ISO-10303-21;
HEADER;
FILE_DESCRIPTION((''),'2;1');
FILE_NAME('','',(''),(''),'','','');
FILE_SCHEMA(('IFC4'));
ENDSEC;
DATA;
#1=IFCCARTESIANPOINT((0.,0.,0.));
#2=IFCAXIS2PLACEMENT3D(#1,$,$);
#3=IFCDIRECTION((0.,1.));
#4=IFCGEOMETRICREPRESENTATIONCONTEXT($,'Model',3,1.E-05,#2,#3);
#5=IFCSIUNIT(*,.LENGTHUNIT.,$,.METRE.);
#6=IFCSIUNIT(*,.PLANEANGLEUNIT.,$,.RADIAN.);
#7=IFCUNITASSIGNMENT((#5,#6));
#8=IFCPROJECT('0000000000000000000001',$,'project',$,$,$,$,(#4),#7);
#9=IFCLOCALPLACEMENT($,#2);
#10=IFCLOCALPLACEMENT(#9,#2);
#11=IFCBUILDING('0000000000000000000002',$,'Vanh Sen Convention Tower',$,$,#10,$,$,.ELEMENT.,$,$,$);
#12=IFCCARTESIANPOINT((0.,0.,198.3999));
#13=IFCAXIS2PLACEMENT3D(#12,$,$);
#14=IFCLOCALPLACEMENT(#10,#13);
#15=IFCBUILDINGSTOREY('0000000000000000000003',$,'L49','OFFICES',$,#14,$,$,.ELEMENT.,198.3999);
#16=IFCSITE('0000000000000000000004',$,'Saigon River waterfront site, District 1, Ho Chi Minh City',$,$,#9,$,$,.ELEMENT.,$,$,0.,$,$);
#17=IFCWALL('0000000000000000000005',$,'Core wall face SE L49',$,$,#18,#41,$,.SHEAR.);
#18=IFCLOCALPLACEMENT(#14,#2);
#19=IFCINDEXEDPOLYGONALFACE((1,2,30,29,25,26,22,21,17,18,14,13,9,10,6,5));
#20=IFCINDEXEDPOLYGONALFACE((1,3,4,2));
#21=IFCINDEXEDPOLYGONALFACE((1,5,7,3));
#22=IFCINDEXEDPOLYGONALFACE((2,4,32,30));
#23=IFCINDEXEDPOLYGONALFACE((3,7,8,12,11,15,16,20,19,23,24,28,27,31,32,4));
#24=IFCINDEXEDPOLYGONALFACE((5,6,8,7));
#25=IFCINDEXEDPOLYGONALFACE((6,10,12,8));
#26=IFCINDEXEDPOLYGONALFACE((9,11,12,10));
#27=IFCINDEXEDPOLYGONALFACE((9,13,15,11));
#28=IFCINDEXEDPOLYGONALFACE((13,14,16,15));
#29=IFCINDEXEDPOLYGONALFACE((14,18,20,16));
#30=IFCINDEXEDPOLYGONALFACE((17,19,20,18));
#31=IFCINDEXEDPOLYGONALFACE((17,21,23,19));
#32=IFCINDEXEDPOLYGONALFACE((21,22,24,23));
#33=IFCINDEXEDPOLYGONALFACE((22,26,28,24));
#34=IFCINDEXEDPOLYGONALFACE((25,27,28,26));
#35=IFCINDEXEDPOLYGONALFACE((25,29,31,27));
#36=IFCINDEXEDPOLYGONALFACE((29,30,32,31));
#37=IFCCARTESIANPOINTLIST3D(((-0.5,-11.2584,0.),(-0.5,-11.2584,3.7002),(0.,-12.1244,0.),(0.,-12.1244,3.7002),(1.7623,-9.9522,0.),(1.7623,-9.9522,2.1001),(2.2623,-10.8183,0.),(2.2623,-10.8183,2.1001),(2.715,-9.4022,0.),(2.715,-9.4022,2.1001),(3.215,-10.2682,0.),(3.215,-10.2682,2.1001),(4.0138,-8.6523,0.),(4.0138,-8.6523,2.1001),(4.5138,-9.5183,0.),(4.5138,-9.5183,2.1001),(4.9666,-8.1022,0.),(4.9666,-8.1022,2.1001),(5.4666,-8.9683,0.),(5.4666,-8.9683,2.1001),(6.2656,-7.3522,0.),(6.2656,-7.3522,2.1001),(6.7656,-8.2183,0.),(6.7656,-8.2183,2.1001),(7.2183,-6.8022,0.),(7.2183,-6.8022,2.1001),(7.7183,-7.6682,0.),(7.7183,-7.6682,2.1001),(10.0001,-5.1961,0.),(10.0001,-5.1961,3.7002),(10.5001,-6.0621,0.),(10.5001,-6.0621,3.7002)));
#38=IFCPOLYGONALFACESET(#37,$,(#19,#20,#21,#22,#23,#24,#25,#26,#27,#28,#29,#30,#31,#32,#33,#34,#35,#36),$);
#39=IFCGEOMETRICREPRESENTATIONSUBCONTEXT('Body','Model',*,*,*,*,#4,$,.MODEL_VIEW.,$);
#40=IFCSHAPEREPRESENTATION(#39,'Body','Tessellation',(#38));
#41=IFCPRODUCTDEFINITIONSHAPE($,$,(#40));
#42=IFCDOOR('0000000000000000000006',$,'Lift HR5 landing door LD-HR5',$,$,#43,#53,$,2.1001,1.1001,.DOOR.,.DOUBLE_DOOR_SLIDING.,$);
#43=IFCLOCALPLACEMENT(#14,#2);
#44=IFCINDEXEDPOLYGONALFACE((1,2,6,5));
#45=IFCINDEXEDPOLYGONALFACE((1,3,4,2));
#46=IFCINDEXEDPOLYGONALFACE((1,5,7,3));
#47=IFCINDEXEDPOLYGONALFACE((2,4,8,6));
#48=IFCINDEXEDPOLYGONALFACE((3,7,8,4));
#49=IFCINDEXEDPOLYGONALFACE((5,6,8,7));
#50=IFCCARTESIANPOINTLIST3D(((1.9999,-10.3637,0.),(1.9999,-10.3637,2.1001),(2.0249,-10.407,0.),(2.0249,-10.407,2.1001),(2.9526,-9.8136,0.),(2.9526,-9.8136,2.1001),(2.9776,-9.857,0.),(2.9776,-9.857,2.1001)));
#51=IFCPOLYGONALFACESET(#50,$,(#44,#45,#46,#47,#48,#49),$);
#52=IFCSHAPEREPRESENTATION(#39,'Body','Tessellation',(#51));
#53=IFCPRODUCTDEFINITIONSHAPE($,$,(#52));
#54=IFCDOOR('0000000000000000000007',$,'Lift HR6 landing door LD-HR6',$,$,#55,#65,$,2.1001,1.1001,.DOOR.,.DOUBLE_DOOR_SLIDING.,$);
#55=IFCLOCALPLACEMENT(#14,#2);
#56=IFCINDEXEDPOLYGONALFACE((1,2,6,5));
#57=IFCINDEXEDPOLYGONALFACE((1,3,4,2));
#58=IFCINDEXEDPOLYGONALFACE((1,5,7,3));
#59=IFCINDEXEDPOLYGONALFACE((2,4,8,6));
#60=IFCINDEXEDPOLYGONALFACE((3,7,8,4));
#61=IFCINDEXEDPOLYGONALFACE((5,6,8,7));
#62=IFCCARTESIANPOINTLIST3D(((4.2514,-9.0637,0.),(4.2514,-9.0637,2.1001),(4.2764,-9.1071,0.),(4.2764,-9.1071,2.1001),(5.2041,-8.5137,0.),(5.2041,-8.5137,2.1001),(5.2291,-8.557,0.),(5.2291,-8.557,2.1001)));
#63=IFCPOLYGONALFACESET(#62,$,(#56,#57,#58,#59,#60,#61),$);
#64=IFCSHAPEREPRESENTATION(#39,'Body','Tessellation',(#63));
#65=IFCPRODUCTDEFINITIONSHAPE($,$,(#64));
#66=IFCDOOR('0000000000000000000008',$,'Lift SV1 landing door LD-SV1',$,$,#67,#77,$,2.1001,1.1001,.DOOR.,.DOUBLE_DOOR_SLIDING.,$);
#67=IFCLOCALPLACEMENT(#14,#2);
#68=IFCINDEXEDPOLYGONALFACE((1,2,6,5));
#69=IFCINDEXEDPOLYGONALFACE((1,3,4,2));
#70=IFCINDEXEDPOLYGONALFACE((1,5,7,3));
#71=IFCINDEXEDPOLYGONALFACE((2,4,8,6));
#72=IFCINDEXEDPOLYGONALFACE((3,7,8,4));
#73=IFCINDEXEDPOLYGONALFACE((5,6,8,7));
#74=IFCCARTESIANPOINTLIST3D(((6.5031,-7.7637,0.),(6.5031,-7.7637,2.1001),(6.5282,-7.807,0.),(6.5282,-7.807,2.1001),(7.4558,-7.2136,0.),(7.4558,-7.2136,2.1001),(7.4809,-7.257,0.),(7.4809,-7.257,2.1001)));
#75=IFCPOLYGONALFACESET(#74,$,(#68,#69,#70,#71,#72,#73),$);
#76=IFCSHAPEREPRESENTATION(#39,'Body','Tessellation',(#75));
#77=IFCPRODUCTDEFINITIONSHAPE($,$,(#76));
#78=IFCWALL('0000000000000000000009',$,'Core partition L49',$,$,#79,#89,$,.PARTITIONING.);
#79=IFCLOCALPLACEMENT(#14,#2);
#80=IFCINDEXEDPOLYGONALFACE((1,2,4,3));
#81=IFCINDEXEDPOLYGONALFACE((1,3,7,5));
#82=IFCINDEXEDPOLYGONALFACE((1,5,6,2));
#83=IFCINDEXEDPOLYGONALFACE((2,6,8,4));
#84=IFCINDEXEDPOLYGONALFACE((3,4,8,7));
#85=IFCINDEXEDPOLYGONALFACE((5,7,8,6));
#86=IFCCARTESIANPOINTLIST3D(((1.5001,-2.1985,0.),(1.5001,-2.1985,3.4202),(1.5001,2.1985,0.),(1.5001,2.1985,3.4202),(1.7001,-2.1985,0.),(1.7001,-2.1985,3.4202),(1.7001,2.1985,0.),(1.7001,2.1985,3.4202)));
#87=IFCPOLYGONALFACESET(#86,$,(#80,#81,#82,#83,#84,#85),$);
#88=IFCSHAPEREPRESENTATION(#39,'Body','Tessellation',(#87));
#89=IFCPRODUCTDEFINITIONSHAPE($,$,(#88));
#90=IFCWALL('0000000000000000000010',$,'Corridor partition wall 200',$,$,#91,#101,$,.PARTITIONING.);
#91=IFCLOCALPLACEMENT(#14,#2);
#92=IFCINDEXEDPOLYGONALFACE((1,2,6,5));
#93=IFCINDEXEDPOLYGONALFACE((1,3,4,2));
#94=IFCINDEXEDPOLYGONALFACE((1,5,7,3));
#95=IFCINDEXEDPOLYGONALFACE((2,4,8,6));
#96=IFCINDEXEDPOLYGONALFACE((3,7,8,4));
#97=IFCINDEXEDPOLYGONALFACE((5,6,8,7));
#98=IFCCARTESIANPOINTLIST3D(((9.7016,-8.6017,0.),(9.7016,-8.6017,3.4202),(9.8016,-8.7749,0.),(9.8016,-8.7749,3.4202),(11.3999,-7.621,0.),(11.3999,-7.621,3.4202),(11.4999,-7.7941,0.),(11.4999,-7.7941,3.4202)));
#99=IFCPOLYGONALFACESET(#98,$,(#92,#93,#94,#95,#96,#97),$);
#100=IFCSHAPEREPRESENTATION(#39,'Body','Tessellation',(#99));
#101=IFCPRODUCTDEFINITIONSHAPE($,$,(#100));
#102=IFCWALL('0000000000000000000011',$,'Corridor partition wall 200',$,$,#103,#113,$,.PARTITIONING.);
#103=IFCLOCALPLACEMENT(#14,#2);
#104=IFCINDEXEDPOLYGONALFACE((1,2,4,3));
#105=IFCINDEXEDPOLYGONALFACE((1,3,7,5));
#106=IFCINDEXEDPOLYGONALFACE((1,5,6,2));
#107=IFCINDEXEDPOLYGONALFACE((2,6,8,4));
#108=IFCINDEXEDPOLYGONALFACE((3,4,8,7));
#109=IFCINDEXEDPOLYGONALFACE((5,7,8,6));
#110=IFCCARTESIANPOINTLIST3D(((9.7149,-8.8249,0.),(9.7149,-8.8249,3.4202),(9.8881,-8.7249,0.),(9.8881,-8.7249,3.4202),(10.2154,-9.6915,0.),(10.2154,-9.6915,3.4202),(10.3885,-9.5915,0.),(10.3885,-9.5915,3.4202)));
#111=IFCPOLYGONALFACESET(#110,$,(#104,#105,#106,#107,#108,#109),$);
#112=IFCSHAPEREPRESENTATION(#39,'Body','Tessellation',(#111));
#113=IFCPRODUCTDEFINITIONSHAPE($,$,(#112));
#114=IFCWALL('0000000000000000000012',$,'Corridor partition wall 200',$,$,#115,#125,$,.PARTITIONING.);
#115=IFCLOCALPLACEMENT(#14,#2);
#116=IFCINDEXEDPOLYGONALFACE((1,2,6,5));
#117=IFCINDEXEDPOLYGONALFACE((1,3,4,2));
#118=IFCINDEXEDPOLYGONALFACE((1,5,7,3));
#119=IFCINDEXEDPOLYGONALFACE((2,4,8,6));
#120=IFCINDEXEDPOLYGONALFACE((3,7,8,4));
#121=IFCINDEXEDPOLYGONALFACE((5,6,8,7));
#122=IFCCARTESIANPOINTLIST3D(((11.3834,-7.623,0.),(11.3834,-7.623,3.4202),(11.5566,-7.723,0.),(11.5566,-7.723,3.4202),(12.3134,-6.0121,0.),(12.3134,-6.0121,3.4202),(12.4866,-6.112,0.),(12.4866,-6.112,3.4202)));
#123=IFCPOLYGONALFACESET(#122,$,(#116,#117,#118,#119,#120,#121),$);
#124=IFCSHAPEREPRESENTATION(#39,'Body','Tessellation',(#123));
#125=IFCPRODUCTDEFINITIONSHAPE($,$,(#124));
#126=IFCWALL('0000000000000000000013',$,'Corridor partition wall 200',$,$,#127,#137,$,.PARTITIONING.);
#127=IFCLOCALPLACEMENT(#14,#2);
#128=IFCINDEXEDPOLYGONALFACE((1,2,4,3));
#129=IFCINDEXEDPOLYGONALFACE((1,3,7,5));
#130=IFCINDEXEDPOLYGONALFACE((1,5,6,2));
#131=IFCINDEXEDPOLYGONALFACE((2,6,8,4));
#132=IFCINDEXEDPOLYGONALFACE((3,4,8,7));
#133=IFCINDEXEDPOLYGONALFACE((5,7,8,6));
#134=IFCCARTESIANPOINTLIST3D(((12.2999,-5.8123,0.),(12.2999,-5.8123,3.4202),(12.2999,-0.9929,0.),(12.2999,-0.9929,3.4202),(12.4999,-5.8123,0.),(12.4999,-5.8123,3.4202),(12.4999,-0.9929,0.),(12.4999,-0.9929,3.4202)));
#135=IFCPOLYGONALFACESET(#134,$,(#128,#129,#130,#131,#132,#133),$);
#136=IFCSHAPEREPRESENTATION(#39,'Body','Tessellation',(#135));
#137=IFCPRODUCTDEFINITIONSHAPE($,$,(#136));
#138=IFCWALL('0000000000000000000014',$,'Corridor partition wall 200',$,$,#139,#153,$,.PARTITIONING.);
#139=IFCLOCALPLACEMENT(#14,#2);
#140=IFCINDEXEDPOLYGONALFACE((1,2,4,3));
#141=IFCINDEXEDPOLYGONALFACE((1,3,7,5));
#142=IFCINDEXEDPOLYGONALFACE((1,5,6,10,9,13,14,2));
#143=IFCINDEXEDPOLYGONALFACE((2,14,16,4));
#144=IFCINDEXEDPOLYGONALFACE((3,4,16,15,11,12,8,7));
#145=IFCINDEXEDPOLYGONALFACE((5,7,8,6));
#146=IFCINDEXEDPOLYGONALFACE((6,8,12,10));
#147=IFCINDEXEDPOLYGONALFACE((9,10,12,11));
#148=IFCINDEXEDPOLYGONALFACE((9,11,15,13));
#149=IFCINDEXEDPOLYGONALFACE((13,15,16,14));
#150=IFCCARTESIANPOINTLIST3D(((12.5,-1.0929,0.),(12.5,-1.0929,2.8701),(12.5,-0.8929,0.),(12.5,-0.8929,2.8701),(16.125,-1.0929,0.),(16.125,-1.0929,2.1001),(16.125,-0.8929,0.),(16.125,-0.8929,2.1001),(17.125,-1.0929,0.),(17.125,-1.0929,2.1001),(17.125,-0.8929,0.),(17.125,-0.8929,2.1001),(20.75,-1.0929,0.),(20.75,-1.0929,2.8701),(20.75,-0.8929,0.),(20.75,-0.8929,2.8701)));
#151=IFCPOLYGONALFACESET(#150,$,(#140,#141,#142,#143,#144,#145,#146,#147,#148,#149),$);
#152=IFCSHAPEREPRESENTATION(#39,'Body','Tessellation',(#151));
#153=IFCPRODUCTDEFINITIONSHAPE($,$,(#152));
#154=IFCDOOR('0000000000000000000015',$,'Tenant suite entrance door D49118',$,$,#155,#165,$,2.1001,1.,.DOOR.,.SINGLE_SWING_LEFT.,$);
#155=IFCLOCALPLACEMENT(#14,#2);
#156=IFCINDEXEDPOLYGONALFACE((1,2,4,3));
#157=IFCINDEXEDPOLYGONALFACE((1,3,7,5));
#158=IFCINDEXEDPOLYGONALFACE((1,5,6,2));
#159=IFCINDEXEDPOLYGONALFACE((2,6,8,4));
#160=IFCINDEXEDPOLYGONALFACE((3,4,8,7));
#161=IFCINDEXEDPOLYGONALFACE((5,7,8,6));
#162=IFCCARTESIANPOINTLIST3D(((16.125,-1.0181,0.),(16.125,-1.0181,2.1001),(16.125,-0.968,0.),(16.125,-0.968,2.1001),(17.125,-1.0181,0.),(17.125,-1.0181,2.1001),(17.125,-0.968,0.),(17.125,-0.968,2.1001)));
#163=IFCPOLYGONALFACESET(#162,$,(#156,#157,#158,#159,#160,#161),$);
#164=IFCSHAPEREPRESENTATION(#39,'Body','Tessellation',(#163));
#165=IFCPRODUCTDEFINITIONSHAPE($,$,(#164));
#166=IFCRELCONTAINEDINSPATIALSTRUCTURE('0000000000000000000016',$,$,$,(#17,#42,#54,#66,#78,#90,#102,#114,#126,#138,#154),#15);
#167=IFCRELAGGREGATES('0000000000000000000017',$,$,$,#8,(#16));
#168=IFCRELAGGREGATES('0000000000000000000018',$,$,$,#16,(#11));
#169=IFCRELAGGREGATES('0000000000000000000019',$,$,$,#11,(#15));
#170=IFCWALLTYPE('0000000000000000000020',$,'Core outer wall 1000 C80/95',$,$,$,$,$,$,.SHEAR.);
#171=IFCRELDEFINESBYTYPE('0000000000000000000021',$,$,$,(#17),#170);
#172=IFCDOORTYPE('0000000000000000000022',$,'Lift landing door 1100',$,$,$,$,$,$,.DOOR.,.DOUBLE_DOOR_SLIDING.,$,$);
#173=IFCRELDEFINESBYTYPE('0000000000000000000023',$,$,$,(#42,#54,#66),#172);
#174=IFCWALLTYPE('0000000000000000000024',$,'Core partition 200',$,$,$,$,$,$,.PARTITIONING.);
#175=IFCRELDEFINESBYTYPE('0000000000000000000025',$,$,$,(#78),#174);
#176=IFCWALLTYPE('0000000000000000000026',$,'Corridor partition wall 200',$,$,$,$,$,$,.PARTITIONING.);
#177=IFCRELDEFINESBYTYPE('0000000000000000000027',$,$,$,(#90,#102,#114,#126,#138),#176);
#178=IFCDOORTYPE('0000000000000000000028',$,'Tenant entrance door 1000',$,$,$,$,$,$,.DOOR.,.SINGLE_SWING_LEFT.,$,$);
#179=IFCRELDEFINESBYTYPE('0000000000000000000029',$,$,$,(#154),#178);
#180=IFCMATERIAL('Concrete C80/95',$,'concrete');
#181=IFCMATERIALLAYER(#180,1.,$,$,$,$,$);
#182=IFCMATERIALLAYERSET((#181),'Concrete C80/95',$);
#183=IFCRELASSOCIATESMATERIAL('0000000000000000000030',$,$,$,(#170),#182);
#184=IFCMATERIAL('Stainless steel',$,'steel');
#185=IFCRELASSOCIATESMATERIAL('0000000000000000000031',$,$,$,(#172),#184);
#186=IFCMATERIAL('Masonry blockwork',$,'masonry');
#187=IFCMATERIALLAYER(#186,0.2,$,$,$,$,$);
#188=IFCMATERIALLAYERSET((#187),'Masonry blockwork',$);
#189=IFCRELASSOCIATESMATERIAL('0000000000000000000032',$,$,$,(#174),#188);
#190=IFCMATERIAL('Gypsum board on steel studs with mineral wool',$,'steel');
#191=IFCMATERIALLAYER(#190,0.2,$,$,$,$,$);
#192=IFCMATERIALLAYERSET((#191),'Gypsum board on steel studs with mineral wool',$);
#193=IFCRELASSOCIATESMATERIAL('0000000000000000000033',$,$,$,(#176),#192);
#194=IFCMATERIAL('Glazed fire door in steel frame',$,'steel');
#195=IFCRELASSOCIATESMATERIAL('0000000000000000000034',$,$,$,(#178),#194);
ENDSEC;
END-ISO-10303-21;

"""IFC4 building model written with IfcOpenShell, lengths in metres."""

from ifc_helpers import new_model, si_unit, direction, frame, frame_2d, origin, place, context, subcontext, project, spatial, rectangle, extrude, material, layer, layer_set, type_object, element, fill, save


model = new_model("IFC4")

# Units and contexts
model_context = context("Model", 3, precision=1e-05, world=origin(), true_north=direction((0.0, 1.0)))
body_context = subcontext(model_context, "Body", "Model", "MODEL_VIEW")
ifc_project = project(units=[si_unit("LENGTHUNIT", "METRE"), si_unit("PLANEANGLEUNIT", "RADIAN")], contexts=[model_context])

# Site, building, storey
site_placement = place(None, origin())
site = spatial("IfcSite", under=ifc_project, at=site_placement, Name="Saigon River waterfront site, District 1, Ho Chi Minh City", CompositionType="ELEMENT", RefElevation=0.0)
building_placement = place(site_placement, origin())
building = spatial("IfcBuilding", under=site, at=building_placement, Name="Vanh Sen Convention Tower", CompositionType="ELEMENT")
storey_placement = place(building_placement, frame((0.0, 0.0, 198.3999)))
storey = spatial("IfcBuildingStorey", under=building, at=storey_placement, Name="L49", Description="OFFICES", CompositionType="ELEMENT", Elevation=198.3999)

# Wall, openings, doors
ifc_material_1 = material(Name="Concrete C80/95", Category="concrete")
ifc_layer_1 = layer(ifc_material_1, 1.0)
ifc_layer_set_1 = layer_set([ifc_layer_1], Name="Concrete C80/95")
wall_type_1 = type_object("IfcWallType", Name="Core outer wall 1000 C80/95", PredefinedType="SHEAR", material=ifc_layer_set_1)
wall_1_placement = place(storey_placement, frame((-0.25, -11.6914, 0.0), z_axis=(0.0, 0.0, 1.0), x_axis=(0.866023, 0.500005, 0.0)))
wall_1 = element("IfcWall", 1, at=wall_1_placement, inside=storey, type_object=wall_type_1, Name="Core wall face SE L49", PredefinedType="SHEAR", context=body_context, shape_type="SweptSolid", body=[
    extrude(rectangle(XDim=12.1245, YDim=1.0, at=frame_2d((6.0623, 0.0))), origin(), (0.0, 0.0, 1.0), 3.7002),
])
opening_1_placement = place(wall_1_placement, frame((2.6123, 0.0, 0.0)))
opening_1 = element("IfcOpeningElement", 2, at=opening_1_placement, cuts=wall_1, PredefinedType="OPENING", context=body_context, shape_type="SweptSolid", body=[
    extrude(rectangle(XDim=1.1001, YDim=2.1001, at=frame_2d((0.55, 1.05))), frame((0.0, 0.51, 0.0), z_axis=(0.0, -1.0, 0.0), x_axis=(1.0, 0.0, 0.0)), (0.0, 0.0, 1.0), 1.02),
])
opening_2_placement = place(wall_1_placement, frame((5.2122, 0.0, 0.0)))
opening_2 = element("IfcOpeningElement", 3, at=opening_2_placement, cuts=wall_1, PredefinedType="OPENING", context=body_context, shape_type="SweptSolid", body=[
    extrude(rectangle(XDim=1.1001, YDim=2.1001, at=frame_2d((0.55, 1.05))), frame((0.0, 0.51, 0.0), z_axis=(0.0, -1.0, 0.0), x_axis=(1.0, 0.0, 0.0)), (0.0, 0.0, 1.0), 1.02),
])
opening_3_placement = place(wall_1_placement, frame((7.8123, 0.0, 0.0)))
opening_3 = element("IfcOpeningElement", 4, at=opening_3_placement, cuts=wall_1, PredefinedType="OPENING", context=body_context, shape_type="SweptSolid", body=[
    extrude(rectangle(XDim=1.1001, YDim=2.1001, at=frame_2d((0.55, 1.05))), frame((0.0, 0.51, 0.0), z_axis=(0.0, -1.0, 0.0), x_axis=(1.0, 0.0, 0.0)), (0.0, 0.0, 1.0), 1.02),
])
ifc_material_2 = material(Name="Stainless steel", Category="steel")
door_type_1 = type_object("IfcDoorType", Name="Lift landing door 1100", OperationType="DOUBLE_DOOR_SLIDING", PredefinedType="DOOR", material=ifc_material_2)
door_1_placement = place(opening_1_placement, origin())
door_1 = element("IfcDoor", 5, at=door_1_placement, inside=storey, type_object=door_type_1, Name="Lift HR5 landing door LD-HR5", OperationType="DOUBLE_DOOR_SLIDING", OverallHeight=2.1001, OverallWidth=1.1001, PredefinedType="DOOR", context=body_context, shape_type="SweptSolid", body=[
    extrude(rectangle(XDim=1.1001, YDim=2.1001, at=frame_2d((0.55, 1.05))), frame((0.0, 0.0249, 0.0), z_axis=(0.0, -1.0, 0.0), x_axis=(1.0, 0.0, 0.0)), (0.0, 0.0, 1.0), 0.05),
])
fill(opening_1, door_1)
door_2_placement = place(opening_2_placement, origin())
door_2 = element("IfcDoor", 6, at=door_2_placement, inside=storey, type_object=door_type_1, Name="Lift HR6 landing door LD-HR6", OperationType="DOUBLE_DOOR_SLIDING", OverallHeight=2.1001, OverallWidth=1.1001, PredefinedType="DOOR", context=body_context, shape_type="SweptSolid", body=[
    extrude(rectangle(XDim=1.1001, YDim=2.1001, at=frame_2d((0.55, 1.05))), frame((0.0, 0.0249, 0.0), z_axis=(0.0, -1.0, 0.0), x_axis=(1.0, 0.0, 0.0)), (0.0, 0.0, 1.0), 0.05),
])
fill(opening_2, door_2)
door_3_placement = place(opening_3_placement, origin())
door_3 = element("IfcDoor", 7, at=door_3_placement, inside=storey, type_object=door_type_1, Name="Lift SV1 landing door LD-SV1", OperationType="DOUBLE_DOOR_SLIDING", OverallHeight=2.1001, OverallWidth=1.1001, PredefinedType="DOOR", context=body_context, shape_type="SweptSolid", body=[
    extrude(rectangle(XDim=1.1001, YDim=2.1001, at=frame_2d((0.55, 1.05))), frame((0.0, 0.0249, 0.0), z_axis=(0.0, -1.0, 0.0), x_axis=(1.0, 0.0, 0.0)), (0.0, 0.0, 1.0), 0.05),
])
fill(opening_3, door_3)

# Walls
ifc_material_3 = material(Name="Masonry blockwork", Category="masonry")
ifc_layer_2 = layer(ifc_material_3, 0.2)
ifc_layer_set_2 = layer_set([ifc_layer_2], Name="Masonry blockwork")
wall_type_2 = type_object("IfcWallType", Name="Core partition 200", PredefinedType="PARTITIONING", material=ifc_layer_set_2)
wall_2_placement = place(storey_placement, frame((1.6001, -2.1985, 0.0), z_axis=(0.0, 0.0, 1.0), x_axis=(0.0, 1.0, 0.0)))
element("IfcWall", 8, at=wall_2_placement, inside=storey, type_object=wall_type_2, Name="Core partition L49", PredefinedType="PARTITIONING", context=body_context, shape_type="SweptSolid", body=[
    extrude(rectangle(XDim=4.397, YDim=0.2, at=frame_2d((2.1985, 0.0))), origin(), (0.0, 0.0, 1.0), 3.4202),
])
ifc_material_4 = material(Name="Gypsum board on steel studs with mineral wool", Category="steel")
ifc_layer_3 = layer(ifc_material_4, 0.2)
ifc_layer_set_3 = layer_set([ifc_layer_3], Name="Gypsum board on steel studs with mineral wool")
wall_type_3 = type_object("IfcWallType", Name="Corridor partition wall 200", PredefinedType="PARTITIONING", material=ifc_layer_set_3)
wall_3_placement = place(storey_placement, frame((9.7517, -8.6882, 0.0), z_axis=(0.0, 0.0, 1.0), x_axis=(0.865974, 0.500089, 0.0)))
element("IfcWall", 9, at=wall_3_placement, inside=storey, type_object=wall_type_3, Name="Corridor partition wall 200", PredefinedType="PARTITIONING", context=body_context, shape_type="SweptSolid", body=[
    extrude(rectangle(XDim=1.9612, YDim=0.2, at=frame_2d((0.9805, 0.0))), origin(), (0.0, 0.0, 1.0), 3.4202),
])
wall_4_placement = place(storey_placement, frame((10.302, -9.6416, 0.0), z_axis=(0.0, 0.0, 1.0), x_axis=(-0.500074, 0.865982, 0.0)))
element("IfcWall", 10, at=wall_4_placement, inside=storey, type_object=wall_type_3, Name="Corridor partition wall 200", PredefinedType="PARTITIONING", context=body_context, shape_type="SweptSolid", body=[
    extrude(rectangle(XDim=1.0007, YDim=0.2, at=frame_2d((0.5005, 0.0))), origin(), (0.0, 0.0, 1.0), 3.4202),
])
wall_5_placement = place(storey_placement, frame((11.47, -7.6731, 0.0), z_axis=(0.0, 0.0, 1.0), x_axis=(0.499965, 0.866046, 0.0)))
element("IfcWall", 11, at=wall_5_placement, inside=storey, type_object=wall_type_3, Name="Corridor partition wall 200", PredefinedType="PARTITIONING", context=body_context, shape_type="SweptSolid", body=[
    extrude(rectangle(XDim=1.8601, YDim=0.2, at=frame_2d((0.9302, 0.0))), origin(), (0.0, 0.0, 1.0), 3.4202),
])
wall_6_placement = place(storey_placement, frame((12.3999, -5.8123, 0.0), z_axis=(0.0, 0.0, 1.0), x_axis=(0.0, 1.0, 0.0)))
element("IfcWall", 12, at=wall_6_placement, inside=storey, type_object=wall_type_3, Name="Corridor partition wall 200", PredefinedType="PARTITIONING", context=body_context, shape_type="SweptSolid", body=[
    extrude(rectangle(XDim=4.8193, YDim=0.2, at=frame_2d((2.4097, 0.0))), origin(), (0.0, 0.0, 1.0), 3.4202),
])

# Wall, opening, door
wall_7_placement = place(storey_placement, frame((12.5, -0.9929, 0.0), z_axis=(0.0, 0.0, 1.0), x_axis=(1.0, 0.0, 0.0)))
wall_7 = element("IfcWall", 13, at=wall_7_placement, inside=storey, type_object=wall_type_3, Name="Corridor partition wall 200", PredefinedType="PARTITIONING", context=body_context, shape_type="SweptSolid", body=[
    extrude(rectangle(XDim=8.25, YDim=0.2, at=frame_2d((4.125, 0.0))), origin(), (0.0, 0.0, 1.0), 2.8701),
])
opening_4_placement = place(wall_7_placement, frame((3.625, 0.0, 0.0)))
opening_4 = element("IfcOpeningElement", 14, at=opening_4_placement, cuts=wall_7, PredefinedType="OPENING", context=body_context, shape_type="SweptSolid", body=[
    extrude(rectangle(XDim=1.0, YDim=2.1001, at=frame_2d((0.5, 1.05))), frame((0.0, 0.1099, 0.0), z_axis=(0.0, -1.0, 0.0), x_axis=(1.0, 0.0, 0.0)), (0.0, 0.0, 1.0), 0.22),
])
ifc_material_5 = material(Name="Glazed fire door in steel frame", Category="steel")
door_type_2 = type_object("IfcDoorType", Name="Tenant entrance door 1000", OperationType="SINGLE_SWING_LEFT", PredefinedType="DOOR", material=ifc_material_5)
door_4_placement = place(opening_4_placement, origin())
door_4 = element("IfcDoor", 15, at=door_4_placement, inside=storey, type_object=door_type_2, Name="Tenant suite entrance door D49118", OperationType="SINGLE_SWING_LEFT", OverallHeight=2.1001, OverallWidth=1.0, PredefinedType="DOOR", context=body_context, shape_type="SweptSolid", body=[
    extrude(rectangle(XDim=1.0, YDim=2.1001, at=frame_2d((0.5, 1.05))), frame((0.0, 0.0249, 0.0), z_axis=(0.0, -1.0, 0.0), x_axis=(1.0, 0.0, 0.0)), (0.0, 0.0, 1.0), 0.05),
])
fill(opening_4, door_4)

save(model, "model.ifc")
